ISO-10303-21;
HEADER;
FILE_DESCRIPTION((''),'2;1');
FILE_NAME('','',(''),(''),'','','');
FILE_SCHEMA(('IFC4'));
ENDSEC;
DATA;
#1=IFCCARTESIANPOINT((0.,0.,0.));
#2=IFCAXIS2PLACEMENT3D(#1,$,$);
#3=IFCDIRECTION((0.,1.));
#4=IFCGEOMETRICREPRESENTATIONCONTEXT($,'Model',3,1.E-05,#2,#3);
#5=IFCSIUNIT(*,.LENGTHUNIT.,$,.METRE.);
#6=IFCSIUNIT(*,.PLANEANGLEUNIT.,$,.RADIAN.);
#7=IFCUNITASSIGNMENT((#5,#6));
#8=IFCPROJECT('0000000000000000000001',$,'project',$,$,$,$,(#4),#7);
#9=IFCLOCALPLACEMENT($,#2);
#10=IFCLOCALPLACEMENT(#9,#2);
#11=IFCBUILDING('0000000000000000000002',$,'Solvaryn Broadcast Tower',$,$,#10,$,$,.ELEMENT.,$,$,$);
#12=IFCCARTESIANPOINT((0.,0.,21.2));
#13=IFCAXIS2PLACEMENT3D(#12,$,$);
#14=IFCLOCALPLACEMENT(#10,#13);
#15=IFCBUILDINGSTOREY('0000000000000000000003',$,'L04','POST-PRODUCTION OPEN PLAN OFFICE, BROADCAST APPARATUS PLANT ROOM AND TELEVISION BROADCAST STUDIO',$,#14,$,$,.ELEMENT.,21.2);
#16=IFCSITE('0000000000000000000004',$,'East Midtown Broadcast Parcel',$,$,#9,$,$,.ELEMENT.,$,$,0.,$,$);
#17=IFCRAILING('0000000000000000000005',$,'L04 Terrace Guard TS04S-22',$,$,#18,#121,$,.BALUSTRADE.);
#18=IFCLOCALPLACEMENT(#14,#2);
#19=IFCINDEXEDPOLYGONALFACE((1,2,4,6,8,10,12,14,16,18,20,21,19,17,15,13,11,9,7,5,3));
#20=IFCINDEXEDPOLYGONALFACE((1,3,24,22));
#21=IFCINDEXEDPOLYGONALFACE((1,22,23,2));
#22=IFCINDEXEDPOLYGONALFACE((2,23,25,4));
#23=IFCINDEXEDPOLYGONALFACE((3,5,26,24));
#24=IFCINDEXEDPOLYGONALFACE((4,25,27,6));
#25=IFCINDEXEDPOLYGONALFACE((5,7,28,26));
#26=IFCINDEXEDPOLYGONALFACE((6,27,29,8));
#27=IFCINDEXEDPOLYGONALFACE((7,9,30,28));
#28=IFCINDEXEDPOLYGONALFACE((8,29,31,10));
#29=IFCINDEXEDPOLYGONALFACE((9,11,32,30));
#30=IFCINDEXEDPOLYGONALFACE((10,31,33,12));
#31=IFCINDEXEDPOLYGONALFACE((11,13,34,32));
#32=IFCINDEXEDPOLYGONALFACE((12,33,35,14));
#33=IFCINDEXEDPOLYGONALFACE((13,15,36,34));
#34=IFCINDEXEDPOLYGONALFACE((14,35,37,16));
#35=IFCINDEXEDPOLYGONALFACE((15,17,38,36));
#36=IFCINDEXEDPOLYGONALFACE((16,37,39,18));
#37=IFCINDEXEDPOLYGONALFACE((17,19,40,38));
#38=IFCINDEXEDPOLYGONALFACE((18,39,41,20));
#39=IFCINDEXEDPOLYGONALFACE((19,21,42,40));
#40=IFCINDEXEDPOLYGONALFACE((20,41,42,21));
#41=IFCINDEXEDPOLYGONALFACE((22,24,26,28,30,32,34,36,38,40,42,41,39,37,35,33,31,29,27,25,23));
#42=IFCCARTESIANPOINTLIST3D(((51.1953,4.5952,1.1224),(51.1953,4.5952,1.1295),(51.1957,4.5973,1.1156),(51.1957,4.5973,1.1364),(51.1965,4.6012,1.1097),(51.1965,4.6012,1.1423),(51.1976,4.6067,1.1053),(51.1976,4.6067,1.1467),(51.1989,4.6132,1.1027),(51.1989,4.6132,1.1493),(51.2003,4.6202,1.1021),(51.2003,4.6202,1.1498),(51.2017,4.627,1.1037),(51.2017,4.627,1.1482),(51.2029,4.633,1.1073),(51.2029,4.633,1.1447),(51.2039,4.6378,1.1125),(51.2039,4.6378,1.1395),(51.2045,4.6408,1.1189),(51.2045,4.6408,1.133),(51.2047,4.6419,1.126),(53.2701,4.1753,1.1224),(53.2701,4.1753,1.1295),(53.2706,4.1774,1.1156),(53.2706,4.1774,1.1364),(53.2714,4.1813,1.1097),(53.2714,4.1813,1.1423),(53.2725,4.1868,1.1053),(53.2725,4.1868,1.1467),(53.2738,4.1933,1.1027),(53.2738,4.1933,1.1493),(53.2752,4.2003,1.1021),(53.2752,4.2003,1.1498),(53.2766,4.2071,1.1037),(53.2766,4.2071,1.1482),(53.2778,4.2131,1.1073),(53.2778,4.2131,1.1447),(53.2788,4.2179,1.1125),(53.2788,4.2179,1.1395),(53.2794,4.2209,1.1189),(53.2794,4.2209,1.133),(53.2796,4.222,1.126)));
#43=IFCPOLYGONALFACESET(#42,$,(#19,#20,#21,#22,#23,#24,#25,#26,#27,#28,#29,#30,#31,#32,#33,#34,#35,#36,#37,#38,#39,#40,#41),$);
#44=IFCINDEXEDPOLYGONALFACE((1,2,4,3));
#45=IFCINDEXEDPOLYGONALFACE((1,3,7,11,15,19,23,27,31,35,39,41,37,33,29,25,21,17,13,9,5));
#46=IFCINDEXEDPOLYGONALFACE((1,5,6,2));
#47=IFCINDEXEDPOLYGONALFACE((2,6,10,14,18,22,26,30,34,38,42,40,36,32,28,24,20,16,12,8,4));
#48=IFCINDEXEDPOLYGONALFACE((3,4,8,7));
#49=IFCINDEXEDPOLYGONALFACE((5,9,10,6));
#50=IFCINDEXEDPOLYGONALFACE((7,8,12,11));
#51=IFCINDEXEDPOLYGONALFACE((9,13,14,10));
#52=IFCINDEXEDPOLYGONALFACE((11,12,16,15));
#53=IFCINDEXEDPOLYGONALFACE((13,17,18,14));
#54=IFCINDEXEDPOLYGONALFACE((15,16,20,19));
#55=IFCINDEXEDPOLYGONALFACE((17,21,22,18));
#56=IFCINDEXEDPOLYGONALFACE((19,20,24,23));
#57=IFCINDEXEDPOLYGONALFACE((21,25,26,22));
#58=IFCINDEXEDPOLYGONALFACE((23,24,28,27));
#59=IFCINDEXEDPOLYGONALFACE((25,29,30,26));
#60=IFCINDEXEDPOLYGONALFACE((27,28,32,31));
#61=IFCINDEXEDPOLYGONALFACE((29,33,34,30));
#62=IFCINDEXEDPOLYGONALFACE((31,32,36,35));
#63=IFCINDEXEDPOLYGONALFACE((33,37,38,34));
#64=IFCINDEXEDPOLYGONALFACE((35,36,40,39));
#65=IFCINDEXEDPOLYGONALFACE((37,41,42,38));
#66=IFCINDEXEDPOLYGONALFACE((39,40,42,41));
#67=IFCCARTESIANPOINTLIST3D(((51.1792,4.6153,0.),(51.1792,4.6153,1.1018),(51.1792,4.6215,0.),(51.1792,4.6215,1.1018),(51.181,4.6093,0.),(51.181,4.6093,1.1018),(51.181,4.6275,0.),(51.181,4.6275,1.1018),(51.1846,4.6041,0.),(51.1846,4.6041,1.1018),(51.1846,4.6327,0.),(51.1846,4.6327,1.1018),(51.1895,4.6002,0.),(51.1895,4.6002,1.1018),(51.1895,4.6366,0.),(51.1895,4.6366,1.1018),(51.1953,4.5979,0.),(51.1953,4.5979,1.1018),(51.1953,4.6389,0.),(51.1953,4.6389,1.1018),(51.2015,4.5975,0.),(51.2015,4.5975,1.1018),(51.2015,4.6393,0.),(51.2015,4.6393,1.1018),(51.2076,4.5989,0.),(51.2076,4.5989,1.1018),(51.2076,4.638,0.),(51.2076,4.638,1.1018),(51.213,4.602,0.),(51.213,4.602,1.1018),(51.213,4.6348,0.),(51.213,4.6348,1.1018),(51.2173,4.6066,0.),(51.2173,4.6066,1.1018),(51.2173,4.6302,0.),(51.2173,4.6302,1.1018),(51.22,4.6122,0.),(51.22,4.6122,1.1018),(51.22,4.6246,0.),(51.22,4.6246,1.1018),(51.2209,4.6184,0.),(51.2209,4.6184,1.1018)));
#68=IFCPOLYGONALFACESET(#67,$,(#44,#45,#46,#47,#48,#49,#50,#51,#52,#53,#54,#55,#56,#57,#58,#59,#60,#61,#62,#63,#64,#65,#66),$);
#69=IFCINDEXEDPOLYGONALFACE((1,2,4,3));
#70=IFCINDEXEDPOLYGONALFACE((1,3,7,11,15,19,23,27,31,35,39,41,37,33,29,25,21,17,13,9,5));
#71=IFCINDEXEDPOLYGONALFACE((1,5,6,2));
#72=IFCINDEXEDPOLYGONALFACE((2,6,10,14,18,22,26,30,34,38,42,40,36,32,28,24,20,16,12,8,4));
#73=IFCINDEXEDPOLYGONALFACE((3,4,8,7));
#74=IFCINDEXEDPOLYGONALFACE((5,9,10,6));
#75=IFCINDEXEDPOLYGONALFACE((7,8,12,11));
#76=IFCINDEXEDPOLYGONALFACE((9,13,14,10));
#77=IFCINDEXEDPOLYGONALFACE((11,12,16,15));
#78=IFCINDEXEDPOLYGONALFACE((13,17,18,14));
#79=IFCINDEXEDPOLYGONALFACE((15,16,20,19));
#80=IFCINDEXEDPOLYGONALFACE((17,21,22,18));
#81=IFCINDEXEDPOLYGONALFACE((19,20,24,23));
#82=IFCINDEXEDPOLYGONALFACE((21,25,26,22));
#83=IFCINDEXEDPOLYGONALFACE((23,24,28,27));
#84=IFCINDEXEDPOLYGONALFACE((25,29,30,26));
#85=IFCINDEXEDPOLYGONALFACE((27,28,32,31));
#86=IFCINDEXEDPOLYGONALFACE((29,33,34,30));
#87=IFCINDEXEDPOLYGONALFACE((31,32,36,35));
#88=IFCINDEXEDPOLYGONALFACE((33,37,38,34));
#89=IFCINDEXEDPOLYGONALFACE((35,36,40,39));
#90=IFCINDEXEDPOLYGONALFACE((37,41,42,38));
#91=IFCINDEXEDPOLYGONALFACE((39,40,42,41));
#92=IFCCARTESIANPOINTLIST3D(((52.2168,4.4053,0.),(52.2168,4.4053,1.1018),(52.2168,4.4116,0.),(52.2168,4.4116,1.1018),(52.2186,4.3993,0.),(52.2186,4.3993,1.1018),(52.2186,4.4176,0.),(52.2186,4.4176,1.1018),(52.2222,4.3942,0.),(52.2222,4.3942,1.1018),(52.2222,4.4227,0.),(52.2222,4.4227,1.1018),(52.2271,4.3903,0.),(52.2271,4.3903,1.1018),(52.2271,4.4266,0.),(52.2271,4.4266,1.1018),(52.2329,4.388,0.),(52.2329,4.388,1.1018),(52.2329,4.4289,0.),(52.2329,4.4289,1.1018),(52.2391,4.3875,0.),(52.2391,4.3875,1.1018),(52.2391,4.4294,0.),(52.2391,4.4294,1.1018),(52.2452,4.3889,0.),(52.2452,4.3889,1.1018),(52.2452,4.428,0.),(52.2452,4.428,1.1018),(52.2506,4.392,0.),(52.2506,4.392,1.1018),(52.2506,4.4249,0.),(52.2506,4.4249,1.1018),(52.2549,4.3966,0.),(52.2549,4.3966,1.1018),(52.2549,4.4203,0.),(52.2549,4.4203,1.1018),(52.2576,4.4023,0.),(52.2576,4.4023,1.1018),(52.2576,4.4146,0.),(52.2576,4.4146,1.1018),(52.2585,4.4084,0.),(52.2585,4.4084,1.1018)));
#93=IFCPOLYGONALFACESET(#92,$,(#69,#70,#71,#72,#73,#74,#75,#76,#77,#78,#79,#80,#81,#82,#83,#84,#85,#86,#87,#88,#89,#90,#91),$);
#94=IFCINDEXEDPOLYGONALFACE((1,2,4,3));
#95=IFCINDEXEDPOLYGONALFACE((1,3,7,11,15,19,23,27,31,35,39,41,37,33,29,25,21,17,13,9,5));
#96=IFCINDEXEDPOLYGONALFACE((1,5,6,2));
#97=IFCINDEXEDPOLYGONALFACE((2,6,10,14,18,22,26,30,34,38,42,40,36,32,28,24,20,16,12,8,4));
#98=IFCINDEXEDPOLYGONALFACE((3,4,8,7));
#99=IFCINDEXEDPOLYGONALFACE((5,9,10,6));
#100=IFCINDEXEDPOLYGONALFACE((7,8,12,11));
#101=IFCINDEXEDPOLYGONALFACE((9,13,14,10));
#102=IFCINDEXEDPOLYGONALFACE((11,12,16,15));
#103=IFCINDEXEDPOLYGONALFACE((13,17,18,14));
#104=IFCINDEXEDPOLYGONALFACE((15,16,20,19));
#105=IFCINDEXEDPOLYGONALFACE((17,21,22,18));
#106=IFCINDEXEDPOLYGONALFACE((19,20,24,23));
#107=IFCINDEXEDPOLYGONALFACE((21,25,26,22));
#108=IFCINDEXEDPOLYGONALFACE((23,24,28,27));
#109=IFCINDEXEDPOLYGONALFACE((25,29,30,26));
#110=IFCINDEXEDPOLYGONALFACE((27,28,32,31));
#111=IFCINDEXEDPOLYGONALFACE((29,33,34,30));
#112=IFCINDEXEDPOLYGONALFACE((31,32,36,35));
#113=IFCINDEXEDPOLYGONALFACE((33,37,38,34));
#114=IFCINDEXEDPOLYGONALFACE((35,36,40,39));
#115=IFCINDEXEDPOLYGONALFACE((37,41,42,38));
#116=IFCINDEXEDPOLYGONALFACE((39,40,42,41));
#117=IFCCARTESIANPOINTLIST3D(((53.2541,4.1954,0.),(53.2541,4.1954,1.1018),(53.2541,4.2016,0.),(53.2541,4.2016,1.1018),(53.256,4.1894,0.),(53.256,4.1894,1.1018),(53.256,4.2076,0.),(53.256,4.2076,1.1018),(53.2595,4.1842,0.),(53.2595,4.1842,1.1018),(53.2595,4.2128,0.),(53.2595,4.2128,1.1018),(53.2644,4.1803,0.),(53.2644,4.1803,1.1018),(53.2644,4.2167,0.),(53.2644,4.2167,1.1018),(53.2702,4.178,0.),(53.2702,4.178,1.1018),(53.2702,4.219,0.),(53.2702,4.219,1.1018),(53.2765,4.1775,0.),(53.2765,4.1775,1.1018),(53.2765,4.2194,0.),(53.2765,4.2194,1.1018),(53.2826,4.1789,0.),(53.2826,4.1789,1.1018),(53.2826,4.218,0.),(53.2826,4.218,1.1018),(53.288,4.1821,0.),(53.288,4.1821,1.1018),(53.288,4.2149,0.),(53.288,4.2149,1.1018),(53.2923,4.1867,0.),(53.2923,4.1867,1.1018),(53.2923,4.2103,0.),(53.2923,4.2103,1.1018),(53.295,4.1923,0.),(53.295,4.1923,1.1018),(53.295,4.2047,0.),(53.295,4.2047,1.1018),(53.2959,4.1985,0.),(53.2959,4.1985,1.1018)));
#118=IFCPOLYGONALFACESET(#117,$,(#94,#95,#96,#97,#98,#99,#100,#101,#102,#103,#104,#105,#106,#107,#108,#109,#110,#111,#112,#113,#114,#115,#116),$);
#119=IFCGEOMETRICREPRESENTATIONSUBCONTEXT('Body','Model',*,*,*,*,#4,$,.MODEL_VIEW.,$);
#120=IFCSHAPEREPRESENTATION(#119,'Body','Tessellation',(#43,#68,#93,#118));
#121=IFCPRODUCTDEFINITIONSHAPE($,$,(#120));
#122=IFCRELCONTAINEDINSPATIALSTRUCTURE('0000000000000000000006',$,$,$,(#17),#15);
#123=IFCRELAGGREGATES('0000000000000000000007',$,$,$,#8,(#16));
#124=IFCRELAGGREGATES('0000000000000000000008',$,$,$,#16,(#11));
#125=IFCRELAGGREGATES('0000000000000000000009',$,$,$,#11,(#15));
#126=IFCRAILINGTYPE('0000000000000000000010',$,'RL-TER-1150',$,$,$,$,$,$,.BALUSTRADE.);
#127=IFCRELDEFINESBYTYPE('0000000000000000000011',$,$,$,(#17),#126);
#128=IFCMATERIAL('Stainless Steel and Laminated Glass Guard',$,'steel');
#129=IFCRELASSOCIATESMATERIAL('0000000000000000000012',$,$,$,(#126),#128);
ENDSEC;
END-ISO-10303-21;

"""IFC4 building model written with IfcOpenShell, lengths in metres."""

from ifc_helpers import new_model, si_unit, direction, frame, origin, origin_2d, place, context, subcontext, project, spatial, circle, extrude, material, type_object, element, save


model = new_model("IFC4")

# Units and contexts
model_context = context("Model", 3, precision=1e-05, world=origin(), true_north=direction((0.0, 1.0)))
body_context = subcontext(model_context, "Body", "Model", "MODEL_VIEW")
ifc_project = project(units=[si_unit("LENGTHUNIT", "METRE"), si_unit("PLANEANGLEUNIT", "RADIAN")], contexts=[model_context])

# Site, building, storey
site_placement = place(None, origin())
site = spatial("IfcSite", under=ifc_project, at=site_placement, Name="East Midtown Broadcast Parcel", CompositionType="ELEMENT", RefElevation=0.0)
building_placement = place(site_placement, origin())
building = spatial("IfcBuilding", under=site, at=building_placement, Name="Solvaryn Broadcast Tower", CompositionType="ELEMENT")
storey_placement = place(building_placement, frame((0.0, 0.0, 21.2)))
storey = spatial("IfcBuildingStorey", under=building, at=storey_placement, Name="L04", Description="POST-PRODUCTION OPEN PLAN OFFICE, BROADCAST APPARATUS PLANT ROOM AND TELEVISION BROADCAST STUDIO", CompositionType="ELEMENT", Elevation=21.2)

# Railing
ifc_material_1 = material(Name="Stainless Steel and Laminated Glass Guard", Category="steel")
railing_type = type_object("IfcRailingType", Name="RL-TER-1150", PredefinedType="BALUSTRADE", material=ifc_material_1)
railing_1_placement = place(storey_placement, frame((51.2, 4.6184, 0.0)))
element("IfcRailing", 1, at=railing_1_placement, inside=storey, type_object=railing_type, Name="L04 Terrace Guard TS04S-22", PredefinedType="BALUSTRADE", context=body_context, shape_type="SweptSolid", body=[
    extrude(circle(Radius=0.0239, at=origin_2d()), frame((0.0, 0.0, 1.126), z_axis=(0.98013, -0.198356, 0.0), x_axis=(0.198356, 0.98013, 0.0)), (0.0, 0.0, 1.0), 2.1169),
    extrude(circle(Radius=0.021, at=origin_2d()), origin(), (0.0, 0.0, 1.0), 1.1018),
    extrude(circle(Radius=0.021, at=origin_2d()), frame((1.0376, -0.21, 0.0)), (0.0, 0.0, 1.0), 1.1018),
    extrude(circle(Radius=0.021, at=origin_2d()), frame((2.075, -0.4199, 0.0)), (0.0, 0.0, 1.0), 1.1018),
])

save(model, "model.ifc")
